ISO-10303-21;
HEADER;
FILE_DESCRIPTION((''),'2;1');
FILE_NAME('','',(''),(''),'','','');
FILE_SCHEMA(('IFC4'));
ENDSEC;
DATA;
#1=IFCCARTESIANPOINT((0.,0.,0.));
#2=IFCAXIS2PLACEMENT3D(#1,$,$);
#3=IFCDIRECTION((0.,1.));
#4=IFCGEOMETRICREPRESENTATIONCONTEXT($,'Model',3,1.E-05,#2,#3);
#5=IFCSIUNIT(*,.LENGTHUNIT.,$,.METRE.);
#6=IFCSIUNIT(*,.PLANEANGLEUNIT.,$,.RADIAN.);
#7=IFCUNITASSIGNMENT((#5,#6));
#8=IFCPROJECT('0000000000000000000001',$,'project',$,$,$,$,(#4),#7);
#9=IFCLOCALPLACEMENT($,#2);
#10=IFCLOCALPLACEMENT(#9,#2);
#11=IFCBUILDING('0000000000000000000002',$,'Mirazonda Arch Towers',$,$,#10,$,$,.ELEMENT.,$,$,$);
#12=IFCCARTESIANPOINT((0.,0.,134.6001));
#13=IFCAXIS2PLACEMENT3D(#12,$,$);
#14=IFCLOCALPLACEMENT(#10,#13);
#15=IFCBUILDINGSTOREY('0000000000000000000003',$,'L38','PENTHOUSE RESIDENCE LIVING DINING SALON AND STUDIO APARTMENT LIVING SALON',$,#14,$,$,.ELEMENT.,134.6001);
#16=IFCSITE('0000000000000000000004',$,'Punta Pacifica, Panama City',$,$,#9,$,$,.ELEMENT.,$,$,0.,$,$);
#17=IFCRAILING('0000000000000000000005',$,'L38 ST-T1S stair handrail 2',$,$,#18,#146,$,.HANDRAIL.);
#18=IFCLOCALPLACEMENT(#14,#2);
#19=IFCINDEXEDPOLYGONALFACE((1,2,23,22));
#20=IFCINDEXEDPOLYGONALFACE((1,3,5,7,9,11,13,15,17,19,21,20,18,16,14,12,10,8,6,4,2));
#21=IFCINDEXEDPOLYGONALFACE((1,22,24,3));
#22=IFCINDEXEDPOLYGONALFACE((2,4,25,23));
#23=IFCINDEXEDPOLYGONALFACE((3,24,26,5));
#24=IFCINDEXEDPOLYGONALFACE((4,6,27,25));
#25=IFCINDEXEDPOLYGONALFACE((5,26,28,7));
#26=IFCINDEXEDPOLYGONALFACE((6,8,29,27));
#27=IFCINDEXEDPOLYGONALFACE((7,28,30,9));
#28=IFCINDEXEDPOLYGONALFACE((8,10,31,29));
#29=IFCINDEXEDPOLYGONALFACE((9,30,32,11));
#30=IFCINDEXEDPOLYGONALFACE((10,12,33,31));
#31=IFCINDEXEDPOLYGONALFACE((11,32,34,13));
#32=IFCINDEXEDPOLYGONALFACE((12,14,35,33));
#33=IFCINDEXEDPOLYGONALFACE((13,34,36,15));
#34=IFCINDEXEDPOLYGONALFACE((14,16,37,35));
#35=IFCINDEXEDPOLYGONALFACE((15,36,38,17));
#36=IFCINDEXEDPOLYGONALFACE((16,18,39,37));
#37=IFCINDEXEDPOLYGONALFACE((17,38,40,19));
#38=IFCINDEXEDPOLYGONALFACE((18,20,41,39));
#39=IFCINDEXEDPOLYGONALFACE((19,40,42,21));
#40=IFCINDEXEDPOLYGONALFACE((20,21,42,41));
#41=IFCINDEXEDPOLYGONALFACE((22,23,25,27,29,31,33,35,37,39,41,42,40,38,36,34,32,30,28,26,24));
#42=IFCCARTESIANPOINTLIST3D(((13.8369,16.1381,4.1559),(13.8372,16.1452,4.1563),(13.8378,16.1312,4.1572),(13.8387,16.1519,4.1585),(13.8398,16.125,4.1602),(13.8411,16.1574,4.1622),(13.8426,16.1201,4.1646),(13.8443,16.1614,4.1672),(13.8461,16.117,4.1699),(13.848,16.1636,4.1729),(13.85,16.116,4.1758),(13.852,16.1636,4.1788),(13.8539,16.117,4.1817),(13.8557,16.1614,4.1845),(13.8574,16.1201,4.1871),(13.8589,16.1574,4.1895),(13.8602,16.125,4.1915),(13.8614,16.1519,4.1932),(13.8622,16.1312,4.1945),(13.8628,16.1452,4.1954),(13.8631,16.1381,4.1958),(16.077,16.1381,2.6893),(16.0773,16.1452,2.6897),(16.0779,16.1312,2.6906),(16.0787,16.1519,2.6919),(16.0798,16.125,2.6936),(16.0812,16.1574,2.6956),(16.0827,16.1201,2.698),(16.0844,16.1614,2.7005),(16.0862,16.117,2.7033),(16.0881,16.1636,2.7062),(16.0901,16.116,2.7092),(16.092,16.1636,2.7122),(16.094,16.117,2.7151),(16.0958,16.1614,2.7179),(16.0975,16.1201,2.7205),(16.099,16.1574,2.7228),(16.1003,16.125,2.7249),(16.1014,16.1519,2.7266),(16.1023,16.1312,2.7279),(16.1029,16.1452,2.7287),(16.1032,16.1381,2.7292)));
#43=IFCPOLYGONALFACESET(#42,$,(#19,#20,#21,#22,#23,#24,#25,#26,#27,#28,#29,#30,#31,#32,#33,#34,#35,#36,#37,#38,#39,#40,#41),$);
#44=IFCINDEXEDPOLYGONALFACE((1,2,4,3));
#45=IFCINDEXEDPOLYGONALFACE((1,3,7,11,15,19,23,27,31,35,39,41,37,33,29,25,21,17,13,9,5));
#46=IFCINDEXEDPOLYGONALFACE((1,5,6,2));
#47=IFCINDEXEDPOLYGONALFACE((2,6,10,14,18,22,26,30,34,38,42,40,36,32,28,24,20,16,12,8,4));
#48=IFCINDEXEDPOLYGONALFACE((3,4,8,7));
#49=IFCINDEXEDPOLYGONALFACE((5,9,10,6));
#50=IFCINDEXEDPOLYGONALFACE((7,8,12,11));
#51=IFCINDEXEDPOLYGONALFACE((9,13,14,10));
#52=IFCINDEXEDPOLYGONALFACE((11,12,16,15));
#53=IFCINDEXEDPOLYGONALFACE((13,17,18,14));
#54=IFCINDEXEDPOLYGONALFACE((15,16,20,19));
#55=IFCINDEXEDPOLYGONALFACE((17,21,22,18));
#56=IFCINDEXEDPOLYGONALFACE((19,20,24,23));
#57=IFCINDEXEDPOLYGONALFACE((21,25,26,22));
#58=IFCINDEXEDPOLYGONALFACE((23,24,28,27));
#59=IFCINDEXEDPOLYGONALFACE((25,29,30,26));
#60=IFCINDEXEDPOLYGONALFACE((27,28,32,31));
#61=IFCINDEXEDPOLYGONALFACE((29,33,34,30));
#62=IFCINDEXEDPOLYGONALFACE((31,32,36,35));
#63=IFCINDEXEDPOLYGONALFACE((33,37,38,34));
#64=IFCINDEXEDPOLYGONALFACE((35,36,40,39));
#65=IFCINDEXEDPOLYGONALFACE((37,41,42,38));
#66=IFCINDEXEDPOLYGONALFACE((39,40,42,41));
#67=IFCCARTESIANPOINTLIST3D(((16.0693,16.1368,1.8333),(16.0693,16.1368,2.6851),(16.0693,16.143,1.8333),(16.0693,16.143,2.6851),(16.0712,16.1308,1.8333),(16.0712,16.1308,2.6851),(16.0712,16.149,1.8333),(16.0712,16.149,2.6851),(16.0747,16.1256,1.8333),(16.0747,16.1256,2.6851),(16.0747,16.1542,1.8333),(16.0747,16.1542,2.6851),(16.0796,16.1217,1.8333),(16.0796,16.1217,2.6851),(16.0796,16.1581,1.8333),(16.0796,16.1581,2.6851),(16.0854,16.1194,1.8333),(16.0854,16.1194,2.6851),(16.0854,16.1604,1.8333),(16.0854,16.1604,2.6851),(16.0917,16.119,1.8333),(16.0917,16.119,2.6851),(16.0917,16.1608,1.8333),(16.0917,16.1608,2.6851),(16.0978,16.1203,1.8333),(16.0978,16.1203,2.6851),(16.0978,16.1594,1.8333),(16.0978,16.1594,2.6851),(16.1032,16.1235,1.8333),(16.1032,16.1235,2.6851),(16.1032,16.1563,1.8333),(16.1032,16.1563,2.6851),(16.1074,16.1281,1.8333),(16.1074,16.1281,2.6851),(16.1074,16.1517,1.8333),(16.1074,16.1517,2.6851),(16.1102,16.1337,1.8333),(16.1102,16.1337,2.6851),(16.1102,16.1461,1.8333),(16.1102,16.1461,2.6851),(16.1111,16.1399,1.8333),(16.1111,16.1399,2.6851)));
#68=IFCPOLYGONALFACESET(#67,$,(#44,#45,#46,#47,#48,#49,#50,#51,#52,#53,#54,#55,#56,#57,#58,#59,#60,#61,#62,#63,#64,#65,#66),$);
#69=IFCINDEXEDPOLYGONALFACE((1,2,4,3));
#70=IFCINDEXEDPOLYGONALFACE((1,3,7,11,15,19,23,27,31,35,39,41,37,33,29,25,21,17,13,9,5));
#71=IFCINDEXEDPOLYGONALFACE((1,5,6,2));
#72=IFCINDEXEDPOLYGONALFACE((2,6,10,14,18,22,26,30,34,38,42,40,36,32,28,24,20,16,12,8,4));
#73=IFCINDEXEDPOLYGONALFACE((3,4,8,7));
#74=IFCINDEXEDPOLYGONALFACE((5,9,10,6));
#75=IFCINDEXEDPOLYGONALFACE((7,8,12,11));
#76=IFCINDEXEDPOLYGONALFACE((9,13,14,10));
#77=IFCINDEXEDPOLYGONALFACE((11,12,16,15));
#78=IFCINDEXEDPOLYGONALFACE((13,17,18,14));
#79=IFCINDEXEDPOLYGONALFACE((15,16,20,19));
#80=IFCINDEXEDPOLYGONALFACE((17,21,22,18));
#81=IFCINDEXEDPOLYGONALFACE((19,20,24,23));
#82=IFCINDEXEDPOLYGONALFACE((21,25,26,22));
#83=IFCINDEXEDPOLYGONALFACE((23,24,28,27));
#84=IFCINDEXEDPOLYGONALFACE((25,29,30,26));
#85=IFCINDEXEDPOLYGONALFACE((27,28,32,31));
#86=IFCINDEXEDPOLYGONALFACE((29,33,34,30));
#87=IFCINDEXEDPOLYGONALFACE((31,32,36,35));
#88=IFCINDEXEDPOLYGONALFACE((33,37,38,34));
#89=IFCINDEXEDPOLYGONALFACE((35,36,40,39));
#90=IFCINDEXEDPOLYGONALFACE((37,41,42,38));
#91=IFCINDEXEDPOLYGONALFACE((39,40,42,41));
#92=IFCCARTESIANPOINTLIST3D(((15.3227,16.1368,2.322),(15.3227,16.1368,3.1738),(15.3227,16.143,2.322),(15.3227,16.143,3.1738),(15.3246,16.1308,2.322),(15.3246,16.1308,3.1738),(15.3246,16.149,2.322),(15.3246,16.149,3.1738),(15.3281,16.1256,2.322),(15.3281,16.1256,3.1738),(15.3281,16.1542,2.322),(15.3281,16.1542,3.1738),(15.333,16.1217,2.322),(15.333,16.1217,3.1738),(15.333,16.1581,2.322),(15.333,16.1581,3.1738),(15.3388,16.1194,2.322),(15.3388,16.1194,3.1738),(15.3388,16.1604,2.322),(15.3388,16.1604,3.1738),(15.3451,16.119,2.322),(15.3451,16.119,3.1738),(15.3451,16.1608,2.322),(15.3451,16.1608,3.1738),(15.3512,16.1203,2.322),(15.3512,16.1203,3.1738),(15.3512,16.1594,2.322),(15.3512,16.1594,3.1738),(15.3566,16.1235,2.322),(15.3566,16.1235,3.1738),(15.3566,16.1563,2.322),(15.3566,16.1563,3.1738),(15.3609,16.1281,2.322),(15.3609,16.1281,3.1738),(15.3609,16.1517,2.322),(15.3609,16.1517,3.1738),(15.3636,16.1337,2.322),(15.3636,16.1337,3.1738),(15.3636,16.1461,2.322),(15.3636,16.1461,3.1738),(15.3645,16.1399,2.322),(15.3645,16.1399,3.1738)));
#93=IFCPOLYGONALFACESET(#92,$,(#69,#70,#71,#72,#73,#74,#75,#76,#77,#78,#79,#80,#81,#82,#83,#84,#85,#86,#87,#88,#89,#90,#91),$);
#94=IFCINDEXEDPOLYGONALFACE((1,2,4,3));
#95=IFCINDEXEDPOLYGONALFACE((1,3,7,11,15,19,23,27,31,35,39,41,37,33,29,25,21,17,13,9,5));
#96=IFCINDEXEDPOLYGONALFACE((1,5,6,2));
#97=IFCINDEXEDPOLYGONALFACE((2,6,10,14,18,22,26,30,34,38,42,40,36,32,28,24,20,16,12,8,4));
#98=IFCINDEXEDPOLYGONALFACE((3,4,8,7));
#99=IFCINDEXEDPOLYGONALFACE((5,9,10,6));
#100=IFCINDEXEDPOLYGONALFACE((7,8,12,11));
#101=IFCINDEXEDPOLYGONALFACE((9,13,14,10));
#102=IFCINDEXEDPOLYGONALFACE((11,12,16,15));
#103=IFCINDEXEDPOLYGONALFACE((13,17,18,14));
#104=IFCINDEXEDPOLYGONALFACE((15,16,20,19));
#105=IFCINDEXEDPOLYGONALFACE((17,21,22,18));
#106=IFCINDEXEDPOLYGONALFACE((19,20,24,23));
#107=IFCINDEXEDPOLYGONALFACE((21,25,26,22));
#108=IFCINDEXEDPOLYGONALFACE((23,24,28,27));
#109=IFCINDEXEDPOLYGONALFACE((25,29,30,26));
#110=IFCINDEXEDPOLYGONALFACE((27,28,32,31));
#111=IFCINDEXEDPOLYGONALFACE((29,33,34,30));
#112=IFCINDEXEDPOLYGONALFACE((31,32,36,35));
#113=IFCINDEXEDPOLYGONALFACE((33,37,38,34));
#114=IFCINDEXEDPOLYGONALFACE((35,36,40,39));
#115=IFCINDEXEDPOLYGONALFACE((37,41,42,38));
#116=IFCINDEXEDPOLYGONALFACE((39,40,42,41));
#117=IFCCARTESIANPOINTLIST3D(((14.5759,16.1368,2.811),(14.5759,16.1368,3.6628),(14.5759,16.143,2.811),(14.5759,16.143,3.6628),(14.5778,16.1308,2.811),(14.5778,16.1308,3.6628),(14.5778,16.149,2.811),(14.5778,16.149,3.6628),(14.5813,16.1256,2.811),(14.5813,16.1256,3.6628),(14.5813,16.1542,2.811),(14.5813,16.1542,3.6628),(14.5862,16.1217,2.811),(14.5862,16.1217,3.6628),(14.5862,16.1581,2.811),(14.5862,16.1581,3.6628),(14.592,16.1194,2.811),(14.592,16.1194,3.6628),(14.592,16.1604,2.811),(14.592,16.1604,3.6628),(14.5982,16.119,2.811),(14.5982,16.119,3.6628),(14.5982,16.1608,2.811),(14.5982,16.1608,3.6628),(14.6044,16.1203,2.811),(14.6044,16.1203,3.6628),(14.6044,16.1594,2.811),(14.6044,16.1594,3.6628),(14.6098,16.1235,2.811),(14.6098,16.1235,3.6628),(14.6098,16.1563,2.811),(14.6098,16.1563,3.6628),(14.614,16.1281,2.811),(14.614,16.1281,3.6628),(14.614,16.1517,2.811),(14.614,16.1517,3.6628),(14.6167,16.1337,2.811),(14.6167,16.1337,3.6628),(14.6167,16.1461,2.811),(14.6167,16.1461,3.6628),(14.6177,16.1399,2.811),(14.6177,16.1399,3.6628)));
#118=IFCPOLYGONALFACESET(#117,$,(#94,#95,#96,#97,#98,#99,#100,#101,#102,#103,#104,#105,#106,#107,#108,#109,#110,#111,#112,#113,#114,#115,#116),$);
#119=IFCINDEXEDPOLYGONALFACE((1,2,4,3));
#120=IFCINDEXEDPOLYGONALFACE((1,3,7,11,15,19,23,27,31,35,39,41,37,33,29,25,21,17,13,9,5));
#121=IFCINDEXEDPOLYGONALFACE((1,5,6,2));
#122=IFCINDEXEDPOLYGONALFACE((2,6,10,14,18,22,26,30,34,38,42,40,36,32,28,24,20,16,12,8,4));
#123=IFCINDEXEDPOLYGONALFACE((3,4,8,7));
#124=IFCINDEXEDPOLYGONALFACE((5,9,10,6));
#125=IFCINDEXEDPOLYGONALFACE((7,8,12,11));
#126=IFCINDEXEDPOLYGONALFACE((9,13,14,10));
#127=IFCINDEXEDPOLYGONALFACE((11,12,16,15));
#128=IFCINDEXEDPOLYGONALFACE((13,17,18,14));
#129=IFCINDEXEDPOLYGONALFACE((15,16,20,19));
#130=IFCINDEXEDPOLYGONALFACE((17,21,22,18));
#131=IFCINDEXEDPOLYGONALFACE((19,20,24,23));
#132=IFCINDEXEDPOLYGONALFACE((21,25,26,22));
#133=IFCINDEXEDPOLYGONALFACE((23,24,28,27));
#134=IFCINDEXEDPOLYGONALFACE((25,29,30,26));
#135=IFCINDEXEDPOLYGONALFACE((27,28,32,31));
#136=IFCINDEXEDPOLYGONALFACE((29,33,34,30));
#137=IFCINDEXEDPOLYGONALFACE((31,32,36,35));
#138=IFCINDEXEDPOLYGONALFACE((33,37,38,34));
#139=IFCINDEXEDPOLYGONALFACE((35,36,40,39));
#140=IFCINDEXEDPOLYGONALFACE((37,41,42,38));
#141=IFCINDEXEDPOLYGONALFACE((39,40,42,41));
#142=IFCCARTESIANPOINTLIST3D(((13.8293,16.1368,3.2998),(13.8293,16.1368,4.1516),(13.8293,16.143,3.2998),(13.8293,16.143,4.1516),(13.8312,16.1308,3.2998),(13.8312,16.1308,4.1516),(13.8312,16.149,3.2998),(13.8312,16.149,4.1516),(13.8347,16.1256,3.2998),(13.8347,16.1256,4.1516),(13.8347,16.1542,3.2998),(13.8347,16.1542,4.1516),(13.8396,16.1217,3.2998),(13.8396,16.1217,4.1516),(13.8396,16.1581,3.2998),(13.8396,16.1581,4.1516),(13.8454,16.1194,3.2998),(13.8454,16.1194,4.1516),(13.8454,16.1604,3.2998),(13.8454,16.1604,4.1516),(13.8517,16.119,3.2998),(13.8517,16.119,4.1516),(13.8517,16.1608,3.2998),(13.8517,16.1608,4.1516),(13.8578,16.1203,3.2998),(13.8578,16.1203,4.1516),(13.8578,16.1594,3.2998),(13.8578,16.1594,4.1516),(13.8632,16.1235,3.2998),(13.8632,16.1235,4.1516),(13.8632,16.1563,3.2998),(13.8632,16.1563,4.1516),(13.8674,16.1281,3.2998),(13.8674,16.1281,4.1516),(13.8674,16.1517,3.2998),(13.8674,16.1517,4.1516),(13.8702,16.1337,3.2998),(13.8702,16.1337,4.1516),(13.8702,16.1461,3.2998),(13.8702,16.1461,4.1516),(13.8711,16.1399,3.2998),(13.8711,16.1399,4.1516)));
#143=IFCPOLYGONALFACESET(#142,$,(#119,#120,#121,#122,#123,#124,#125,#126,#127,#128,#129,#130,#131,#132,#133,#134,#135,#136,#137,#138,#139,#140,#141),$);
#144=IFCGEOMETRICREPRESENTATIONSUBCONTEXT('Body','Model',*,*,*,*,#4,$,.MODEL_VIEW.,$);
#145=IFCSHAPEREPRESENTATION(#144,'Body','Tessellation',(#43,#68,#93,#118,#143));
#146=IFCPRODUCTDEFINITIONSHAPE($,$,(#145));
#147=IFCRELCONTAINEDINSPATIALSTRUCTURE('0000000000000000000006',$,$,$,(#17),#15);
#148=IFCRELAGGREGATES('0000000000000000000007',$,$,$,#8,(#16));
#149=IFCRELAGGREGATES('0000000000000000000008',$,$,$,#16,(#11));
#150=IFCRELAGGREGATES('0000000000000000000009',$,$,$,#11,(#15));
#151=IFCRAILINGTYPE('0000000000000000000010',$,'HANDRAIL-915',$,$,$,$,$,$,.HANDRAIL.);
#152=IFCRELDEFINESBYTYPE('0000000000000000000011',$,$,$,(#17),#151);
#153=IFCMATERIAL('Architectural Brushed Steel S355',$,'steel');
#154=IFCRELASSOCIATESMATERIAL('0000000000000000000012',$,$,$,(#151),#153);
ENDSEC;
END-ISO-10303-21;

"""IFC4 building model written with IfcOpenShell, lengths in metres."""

from ifc_helpers import new_model, si_unit, direction, frame, origin, origin_2d, place, context, subcontext, project, spatial, circle, extrude, material, type_object, element, save


model = new_model("IFC4")

# Units and contexts
model_context = context("Model", 3, precision=1e-05, world=origin(), true_north=direction((0.0, 1.0)))
body_context = subcontext(model_context, "Body", "Model", "MODEL_VIEW")
ifc_project = project(units=[si_unit("LENGTHUNIT", "METRE"), si_unit("PLANEANGLEUNIT", "RADIAN")], contexts=[model_context])

# Site, building, storey
site_placement = place(None, origin())
site = spatial("IfcSite", under=ifc_project, at=site_placement, Name="Punta Pacifica, Panama City", CompositionType="ELEMENT", RefElevation=0.0)
building_placement = place(site_placement, origin())
building = spatial("IfcBuilding", under=site, at=building_placement, Name="Mirazonda Arch Towers", CompositionType="ELEMENT")
storey_placement = place(building_placement, frame((0.0, 0.0, 134.6001)))
storey = spatial("IfcBuildingStorey", under=building, at=storey_placement, Name="L38", Description="PENTHOUSE RESIDENCE LIVING DINING SALON AND STUDIO APARTMENT LIVING SALON", CompositionType="ELEMENT", Elevation=134.6001)

# Shared definitions
ifc_material_1 = material(Name="Architectural Brushed Steel S355", Category="steel")

# Railing
railing_type_1 = type_object("IfcRailingType", Name="HANDRAIL-915", PredefinedType="HANDRAIL", material=ifc_material_1)
railing_1_placement = place(storey_placement, frame((16.0901, 16.1399, 1.8333)))
element("IfcRailing", 1, at=railing_1_placement, inside=storey, type_object=railing_type_1, Name="L38 ST-T1S stair handrail 2", PredefinedType="HANDRAIL", context=body_context, shape_type="SweptSolid", body=[
    extrude(circle(Radius=0.0239, at=origin_2d()), frame((0.0, 0.0, 0.876), z_axis=(-0.836637, 0.0, 0.547758), x_axis=(0.0, -1.0, 0.0)), (0.0, 0.0, 1.0), 2.6775),
    extrude(circle(Radius=0.021, at=origin_2d()), origin(), (0.0, 0.0, 1.0), 0.8518),
    extrude(circle(Radius=0.021, at=origin_2d()), frame((-0.7466, 0.0, 0.4888)), (0.0, 0.0, 1.0), 0.8518),
    extrude(circle(Radius=0.021, at=origin_2d()), frame((-1.4934, 0.0, 0.9778)), (0.0, 0.0, 1.0), 0.8518),
    extrude(circle(Radius=0.021, at=origin_2d()), frame((-2.24, 0.0, 1.4666)), (0.0, 0.0, 1.0), 0.8518),
])

save(model, "model.ifc")
